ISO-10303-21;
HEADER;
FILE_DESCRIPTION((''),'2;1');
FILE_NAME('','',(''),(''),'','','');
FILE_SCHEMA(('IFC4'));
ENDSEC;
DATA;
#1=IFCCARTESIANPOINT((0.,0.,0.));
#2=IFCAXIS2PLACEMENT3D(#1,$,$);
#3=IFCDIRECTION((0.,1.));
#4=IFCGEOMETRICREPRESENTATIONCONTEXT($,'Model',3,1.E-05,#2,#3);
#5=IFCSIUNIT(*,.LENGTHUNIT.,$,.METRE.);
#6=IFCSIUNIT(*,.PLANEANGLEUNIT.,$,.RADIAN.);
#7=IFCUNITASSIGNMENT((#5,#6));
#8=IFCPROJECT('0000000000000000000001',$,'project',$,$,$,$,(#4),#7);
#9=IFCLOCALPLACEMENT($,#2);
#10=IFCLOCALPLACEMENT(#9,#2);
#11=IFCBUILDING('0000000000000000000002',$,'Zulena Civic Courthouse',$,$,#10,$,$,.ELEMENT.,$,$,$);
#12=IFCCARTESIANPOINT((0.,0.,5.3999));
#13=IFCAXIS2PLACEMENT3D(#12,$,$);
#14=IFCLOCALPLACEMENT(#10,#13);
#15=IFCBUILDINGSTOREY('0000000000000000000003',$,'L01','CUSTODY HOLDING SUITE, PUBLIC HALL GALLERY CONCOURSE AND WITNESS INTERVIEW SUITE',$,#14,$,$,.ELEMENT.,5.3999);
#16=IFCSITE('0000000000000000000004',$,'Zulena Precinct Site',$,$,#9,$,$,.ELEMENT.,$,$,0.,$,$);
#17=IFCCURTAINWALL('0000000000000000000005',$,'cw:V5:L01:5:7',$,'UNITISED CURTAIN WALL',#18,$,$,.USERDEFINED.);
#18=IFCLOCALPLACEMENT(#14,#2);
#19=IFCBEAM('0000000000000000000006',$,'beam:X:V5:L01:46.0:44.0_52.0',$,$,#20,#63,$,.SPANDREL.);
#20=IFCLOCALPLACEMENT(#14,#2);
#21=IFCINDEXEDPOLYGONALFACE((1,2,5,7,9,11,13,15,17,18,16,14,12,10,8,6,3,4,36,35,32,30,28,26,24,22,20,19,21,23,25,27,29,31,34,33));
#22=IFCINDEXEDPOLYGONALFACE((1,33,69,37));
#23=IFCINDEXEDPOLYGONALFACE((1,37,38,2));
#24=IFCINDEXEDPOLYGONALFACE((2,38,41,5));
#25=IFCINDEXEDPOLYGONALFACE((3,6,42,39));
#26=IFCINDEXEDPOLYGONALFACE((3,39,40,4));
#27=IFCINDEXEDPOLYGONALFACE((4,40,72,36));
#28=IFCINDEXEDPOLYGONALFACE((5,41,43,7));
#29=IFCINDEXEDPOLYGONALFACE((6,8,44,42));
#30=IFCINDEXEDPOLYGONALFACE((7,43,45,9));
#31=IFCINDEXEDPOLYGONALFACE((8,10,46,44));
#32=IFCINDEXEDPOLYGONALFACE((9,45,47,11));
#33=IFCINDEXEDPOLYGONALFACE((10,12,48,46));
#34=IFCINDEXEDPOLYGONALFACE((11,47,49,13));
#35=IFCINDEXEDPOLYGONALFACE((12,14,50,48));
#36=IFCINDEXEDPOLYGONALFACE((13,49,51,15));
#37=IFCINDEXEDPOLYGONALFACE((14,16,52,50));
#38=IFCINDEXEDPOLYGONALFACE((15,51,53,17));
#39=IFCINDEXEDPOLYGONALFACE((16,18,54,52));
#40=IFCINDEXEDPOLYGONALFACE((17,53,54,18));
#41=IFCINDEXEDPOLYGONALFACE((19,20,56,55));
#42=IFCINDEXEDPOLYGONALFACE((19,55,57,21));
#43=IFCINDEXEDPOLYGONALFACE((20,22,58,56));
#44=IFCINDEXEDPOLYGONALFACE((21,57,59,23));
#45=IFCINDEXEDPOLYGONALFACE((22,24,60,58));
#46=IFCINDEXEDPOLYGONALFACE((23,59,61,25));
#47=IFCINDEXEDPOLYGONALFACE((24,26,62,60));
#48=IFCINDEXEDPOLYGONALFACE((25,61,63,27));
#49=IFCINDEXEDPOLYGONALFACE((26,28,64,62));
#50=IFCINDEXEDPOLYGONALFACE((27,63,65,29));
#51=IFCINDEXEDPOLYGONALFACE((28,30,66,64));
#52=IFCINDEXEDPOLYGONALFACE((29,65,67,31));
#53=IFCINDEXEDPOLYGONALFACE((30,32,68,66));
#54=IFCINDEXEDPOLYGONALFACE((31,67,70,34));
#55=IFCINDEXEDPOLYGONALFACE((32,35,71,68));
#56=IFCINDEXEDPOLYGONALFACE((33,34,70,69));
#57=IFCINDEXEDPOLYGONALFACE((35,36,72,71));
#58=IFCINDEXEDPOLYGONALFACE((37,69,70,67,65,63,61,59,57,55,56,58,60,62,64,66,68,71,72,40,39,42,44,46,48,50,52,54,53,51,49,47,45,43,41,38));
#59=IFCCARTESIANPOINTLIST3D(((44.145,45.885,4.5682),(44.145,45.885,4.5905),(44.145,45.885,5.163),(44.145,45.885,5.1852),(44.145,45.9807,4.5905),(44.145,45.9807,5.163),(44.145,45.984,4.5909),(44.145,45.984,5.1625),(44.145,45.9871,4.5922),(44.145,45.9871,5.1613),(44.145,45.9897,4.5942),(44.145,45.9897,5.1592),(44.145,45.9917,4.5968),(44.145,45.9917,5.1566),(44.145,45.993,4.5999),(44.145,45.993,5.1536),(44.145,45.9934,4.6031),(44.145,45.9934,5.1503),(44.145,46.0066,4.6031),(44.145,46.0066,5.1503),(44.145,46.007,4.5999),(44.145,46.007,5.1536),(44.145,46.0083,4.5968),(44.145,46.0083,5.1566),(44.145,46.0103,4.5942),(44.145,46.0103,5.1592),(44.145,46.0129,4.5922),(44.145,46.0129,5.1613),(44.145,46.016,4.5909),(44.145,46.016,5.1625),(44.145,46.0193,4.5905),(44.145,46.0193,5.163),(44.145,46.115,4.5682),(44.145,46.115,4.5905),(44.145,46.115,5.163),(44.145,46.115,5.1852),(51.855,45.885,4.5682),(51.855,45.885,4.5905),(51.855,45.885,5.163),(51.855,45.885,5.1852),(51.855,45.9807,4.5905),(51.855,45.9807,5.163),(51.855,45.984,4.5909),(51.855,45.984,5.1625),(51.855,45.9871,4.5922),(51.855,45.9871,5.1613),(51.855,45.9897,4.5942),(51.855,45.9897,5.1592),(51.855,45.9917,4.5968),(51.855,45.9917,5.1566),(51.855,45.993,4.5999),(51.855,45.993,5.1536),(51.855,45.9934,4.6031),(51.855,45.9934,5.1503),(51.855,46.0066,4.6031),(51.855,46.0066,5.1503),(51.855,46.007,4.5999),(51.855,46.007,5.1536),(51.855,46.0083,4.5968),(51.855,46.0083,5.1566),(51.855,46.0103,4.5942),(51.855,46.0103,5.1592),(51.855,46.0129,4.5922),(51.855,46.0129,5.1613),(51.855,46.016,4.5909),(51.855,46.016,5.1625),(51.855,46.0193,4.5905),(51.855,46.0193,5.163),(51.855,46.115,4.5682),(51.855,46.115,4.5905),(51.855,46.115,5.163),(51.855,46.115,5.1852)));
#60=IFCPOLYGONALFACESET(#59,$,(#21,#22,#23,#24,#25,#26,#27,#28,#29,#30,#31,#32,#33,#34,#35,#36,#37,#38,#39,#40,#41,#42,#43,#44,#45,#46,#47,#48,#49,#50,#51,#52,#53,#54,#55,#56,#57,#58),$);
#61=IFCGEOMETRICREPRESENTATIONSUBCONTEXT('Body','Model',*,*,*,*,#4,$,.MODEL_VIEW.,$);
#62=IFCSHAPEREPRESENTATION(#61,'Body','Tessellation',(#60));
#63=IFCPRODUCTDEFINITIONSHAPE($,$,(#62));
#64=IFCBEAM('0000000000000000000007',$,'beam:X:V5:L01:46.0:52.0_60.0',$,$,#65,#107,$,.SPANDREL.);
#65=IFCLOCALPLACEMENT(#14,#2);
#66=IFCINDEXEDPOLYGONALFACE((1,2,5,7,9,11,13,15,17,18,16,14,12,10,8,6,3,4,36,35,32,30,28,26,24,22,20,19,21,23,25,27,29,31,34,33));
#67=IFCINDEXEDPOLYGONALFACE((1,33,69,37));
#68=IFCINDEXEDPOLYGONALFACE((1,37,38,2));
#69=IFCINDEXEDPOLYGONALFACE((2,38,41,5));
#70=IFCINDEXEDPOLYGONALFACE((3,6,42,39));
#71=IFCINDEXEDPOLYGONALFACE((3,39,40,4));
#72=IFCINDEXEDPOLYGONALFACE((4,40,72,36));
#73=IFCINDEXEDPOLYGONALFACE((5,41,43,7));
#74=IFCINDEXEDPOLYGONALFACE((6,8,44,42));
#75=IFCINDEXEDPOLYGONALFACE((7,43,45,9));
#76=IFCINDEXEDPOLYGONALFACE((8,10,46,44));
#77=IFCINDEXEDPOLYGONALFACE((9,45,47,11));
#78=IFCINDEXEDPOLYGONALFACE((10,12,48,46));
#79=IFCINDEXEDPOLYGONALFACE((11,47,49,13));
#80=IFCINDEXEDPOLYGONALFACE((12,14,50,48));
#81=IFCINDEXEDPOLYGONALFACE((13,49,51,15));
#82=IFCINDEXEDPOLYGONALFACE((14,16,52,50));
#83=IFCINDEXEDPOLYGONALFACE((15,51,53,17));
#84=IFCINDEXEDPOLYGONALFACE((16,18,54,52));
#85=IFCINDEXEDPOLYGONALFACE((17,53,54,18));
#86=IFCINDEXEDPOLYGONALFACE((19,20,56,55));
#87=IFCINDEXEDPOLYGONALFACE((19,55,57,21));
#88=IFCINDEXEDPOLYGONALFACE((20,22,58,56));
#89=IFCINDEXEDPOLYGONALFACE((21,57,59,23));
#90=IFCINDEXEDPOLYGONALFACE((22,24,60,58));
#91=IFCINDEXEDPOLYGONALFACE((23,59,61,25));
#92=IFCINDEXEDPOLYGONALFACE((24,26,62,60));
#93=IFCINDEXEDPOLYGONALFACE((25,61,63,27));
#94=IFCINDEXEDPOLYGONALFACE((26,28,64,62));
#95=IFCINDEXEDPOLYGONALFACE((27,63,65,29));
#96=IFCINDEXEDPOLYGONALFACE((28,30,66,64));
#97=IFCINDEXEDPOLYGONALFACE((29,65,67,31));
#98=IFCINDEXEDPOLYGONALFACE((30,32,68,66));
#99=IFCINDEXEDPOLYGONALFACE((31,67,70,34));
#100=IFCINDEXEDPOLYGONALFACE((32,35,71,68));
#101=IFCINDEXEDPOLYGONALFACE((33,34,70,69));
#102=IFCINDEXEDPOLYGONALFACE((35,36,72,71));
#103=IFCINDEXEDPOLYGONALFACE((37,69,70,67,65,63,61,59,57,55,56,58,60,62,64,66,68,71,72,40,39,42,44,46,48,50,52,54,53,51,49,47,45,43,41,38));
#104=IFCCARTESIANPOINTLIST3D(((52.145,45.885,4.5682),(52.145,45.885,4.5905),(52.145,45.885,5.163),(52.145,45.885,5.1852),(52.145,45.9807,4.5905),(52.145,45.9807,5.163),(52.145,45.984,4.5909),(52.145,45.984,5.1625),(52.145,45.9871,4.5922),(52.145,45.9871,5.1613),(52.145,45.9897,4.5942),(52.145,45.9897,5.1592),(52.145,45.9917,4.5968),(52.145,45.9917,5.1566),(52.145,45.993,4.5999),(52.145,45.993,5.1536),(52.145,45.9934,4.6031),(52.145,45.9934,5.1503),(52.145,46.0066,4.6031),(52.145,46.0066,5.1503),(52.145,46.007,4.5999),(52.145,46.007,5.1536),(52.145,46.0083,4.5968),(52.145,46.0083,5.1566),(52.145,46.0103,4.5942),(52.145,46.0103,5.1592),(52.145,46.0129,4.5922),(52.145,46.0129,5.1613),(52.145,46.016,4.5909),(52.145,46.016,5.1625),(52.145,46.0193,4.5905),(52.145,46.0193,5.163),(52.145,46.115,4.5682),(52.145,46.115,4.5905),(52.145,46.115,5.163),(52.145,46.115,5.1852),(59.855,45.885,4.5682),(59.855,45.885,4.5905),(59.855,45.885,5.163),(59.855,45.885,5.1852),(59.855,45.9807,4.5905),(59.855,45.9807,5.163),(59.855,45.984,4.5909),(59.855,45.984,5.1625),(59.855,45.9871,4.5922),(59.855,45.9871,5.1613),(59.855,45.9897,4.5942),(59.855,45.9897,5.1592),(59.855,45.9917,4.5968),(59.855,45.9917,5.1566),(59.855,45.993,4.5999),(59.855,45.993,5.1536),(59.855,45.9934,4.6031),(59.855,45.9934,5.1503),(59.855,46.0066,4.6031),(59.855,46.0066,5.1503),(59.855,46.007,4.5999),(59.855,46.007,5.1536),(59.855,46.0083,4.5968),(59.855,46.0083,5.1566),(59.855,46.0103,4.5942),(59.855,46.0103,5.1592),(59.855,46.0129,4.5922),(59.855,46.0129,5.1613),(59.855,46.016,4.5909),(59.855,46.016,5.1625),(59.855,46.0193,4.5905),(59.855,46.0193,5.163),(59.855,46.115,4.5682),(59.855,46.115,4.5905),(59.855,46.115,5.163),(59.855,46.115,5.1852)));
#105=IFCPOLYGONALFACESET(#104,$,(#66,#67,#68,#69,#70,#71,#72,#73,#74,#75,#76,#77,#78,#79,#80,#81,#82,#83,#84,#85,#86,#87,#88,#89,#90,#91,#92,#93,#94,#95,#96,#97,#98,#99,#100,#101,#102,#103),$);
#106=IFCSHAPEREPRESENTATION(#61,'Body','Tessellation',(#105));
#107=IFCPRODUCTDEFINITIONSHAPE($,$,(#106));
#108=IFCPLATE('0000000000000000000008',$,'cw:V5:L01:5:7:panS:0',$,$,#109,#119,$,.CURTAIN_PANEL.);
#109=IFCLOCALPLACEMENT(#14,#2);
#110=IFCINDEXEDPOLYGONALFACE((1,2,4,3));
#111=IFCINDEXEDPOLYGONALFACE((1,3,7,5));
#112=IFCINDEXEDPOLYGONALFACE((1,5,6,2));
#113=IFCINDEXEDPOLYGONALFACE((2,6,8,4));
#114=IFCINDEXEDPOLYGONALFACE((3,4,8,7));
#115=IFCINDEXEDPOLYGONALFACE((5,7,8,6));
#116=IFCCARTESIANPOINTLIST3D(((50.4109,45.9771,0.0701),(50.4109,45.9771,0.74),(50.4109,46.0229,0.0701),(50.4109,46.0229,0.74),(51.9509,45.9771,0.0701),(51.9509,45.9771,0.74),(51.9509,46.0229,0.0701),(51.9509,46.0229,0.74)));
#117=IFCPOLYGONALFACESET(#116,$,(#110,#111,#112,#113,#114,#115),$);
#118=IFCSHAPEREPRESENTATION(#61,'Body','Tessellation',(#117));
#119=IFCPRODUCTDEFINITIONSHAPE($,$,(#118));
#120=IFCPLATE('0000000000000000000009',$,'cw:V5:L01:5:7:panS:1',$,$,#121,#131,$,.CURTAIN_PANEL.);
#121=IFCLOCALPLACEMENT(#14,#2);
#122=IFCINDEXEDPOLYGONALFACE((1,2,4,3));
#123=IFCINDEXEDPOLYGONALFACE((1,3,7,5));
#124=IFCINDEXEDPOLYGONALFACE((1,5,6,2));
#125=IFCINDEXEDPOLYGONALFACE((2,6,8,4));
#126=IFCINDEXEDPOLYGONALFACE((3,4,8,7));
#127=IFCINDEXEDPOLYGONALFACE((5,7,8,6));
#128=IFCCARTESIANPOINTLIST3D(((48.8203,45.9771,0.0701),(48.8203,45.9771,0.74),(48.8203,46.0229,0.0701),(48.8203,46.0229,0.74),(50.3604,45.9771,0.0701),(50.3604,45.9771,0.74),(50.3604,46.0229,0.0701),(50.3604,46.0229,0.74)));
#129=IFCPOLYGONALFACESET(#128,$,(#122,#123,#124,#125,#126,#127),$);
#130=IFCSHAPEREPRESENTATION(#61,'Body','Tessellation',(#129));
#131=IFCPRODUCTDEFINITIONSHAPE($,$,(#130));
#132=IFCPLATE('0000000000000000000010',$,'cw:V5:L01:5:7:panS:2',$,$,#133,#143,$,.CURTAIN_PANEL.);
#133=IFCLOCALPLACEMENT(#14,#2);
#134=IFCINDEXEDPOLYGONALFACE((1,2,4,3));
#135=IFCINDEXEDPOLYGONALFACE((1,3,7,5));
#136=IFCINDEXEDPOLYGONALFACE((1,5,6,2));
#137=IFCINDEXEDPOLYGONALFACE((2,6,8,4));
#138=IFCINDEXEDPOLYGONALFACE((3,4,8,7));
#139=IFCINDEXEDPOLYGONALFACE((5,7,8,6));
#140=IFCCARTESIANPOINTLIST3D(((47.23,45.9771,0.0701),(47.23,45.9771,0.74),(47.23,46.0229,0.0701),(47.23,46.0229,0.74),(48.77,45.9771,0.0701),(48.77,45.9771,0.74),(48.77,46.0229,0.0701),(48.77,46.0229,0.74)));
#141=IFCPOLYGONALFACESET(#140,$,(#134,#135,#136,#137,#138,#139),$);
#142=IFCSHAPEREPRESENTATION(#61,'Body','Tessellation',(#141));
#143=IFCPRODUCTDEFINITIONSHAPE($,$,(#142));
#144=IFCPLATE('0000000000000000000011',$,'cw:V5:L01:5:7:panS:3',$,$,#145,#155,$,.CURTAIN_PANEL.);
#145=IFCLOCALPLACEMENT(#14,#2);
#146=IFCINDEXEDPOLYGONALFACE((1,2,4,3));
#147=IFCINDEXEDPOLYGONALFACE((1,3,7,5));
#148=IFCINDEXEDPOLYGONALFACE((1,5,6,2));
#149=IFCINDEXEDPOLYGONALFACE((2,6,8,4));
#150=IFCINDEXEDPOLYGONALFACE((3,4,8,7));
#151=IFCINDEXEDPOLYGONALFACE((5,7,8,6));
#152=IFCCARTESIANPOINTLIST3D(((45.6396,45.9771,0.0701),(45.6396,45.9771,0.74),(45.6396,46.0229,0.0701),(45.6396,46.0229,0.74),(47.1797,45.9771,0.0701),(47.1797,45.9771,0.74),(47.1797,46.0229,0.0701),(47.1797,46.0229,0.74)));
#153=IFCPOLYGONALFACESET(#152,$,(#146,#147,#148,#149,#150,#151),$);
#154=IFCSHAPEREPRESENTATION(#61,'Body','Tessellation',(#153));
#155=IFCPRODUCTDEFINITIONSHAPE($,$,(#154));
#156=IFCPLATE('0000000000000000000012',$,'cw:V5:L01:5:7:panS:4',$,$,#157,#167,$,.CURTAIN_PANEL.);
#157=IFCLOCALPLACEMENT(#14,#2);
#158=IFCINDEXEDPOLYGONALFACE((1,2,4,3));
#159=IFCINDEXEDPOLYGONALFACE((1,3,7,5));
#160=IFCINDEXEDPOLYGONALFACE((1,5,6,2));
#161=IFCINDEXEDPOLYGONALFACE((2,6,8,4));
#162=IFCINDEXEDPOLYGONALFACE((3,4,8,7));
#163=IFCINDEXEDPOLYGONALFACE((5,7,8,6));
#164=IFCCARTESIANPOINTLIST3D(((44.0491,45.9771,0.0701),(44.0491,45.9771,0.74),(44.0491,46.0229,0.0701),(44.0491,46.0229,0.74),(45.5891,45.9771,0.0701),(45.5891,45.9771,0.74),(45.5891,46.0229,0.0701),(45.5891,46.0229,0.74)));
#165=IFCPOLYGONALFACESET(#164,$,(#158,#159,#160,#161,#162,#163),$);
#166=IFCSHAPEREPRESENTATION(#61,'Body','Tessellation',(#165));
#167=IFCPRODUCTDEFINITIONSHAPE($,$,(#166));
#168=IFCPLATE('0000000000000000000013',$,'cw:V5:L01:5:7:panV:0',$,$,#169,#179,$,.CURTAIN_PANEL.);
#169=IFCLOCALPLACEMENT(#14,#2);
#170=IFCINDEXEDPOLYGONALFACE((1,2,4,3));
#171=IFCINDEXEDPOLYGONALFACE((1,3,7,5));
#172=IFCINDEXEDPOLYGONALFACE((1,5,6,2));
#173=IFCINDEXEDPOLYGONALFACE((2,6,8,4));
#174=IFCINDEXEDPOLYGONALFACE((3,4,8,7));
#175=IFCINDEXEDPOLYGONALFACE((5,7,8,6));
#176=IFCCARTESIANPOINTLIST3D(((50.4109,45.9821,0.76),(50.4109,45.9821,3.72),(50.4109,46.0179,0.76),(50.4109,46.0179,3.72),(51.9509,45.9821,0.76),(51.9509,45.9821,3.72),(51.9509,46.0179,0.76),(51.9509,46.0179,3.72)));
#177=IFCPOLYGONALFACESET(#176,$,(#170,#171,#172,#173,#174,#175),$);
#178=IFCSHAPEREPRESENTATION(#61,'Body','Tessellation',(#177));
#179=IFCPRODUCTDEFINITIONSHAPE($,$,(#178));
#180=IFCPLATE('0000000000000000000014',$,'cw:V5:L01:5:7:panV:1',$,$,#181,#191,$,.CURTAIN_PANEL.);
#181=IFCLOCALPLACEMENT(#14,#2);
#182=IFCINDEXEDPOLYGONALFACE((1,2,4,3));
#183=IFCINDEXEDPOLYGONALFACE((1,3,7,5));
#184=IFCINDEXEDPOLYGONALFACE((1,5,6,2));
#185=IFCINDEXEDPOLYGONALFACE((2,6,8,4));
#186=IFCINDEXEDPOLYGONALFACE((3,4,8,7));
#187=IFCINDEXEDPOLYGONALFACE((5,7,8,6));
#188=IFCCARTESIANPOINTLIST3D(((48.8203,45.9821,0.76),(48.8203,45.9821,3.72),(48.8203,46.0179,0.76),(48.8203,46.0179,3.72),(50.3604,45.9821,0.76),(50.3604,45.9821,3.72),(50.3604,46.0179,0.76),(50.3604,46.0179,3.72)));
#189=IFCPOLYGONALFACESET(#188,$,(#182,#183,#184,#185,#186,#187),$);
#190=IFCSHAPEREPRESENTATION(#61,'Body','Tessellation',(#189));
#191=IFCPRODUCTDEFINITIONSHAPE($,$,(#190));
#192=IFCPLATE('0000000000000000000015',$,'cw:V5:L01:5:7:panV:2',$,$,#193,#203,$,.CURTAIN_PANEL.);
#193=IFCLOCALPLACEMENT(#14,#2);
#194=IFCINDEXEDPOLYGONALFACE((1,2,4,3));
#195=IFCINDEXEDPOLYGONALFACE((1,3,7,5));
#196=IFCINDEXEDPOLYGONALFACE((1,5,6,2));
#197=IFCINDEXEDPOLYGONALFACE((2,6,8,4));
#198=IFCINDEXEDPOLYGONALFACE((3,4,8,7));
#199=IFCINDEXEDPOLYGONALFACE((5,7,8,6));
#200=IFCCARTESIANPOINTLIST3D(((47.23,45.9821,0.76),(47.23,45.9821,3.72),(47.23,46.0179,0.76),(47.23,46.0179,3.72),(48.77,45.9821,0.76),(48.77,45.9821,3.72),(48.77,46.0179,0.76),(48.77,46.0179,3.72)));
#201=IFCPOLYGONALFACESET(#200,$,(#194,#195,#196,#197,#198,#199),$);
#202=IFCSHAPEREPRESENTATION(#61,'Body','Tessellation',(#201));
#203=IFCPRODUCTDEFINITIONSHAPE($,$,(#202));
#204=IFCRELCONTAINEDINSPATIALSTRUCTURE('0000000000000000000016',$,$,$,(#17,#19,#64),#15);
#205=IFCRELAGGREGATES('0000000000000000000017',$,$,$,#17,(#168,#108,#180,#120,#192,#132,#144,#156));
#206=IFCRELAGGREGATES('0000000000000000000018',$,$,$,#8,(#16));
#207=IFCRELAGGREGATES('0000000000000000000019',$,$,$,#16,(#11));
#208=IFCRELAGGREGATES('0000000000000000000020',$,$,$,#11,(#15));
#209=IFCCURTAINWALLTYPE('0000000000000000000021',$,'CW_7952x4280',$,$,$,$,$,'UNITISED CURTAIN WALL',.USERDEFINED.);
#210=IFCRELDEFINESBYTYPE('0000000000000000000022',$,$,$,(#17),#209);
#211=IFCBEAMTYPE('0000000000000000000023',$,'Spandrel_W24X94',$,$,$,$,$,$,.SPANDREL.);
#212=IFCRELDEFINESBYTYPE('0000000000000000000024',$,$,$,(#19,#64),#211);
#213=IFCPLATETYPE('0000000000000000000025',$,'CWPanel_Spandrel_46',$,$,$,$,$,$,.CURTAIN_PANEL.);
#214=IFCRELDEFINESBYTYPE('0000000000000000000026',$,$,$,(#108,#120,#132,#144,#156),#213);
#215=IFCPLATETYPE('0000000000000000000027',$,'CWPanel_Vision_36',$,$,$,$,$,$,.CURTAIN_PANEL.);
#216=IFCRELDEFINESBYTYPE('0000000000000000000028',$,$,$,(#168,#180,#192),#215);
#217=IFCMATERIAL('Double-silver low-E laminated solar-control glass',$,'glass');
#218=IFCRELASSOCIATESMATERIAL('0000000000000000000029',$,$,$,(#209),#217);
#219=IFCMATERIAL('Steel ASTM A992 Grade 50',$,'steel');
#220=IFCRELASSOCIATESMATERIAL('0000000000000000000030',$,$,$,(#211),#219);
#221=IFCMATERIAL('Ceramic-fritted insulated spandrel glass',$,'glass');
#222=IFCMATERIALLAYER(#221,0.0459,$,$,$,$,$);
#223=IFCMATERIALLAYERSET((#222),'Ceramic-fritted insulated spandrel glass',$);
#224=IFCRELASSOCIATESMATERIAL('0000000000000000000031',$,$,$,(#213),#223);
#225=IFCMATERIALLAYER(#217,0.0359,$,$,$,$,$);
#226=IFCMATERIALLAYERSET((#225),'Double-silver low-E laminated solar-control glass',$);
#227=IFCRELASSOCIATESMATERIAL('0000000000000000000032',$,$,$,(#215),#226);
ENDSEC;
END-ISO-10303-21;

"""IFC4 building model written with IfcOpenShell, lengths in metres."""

from ifc_helpers import new_model, si_unit, direction, frame, origin, origin_2d, place, context, subcontext, project, spatial, rectangle, i_section, extrude, material, layer, layer_set, material_profile, profile_set, type_object, element, aggregate, save


model = new_model("IFC4")

# Units and contexts
model_context = context("Model", 3, precision=1e-05, world=origin(), true_north=direction((0.0, 1.0)))
body_context = subcontext(model_context, "Body", "Model", "MODEL_VIEW")
ifc_project = project(units=[si_unit("LENGTHUNIT", "METRE"), si_unit("PLANEANGLEUNIT", "RADIAN")], contexts=[model_context])

# Site, building, storey
site_placement = place(None, origin())
site = spatial("IfcSite", under=ifc_project, at=site_placement, Name="Zulena Precinct Site", CompositionType="ELEMENT", RefElevation=0.0)
building_placement = place(site_placement, origin())
building = spatial("IfcBuilding", under=site, at=building_placement, Name="Zulena Civic Courthouse", CompositionType="ELEMENT")
storey_placement = place(building_placement, frame((0.0, 0.0, 5.3999)))
storey = spatial("IfcBuildingStorey", under=building, at=storey_placement, Name="L01", Description="CUSTODY HOLDING SUITE, PUBLIC HALL GALLERY CONCOURSE AND WITNESS INTERVIEW SUITE", CompositionType="ELEMENT", Elevation=5.3999)

# Shared definitions
ifc_material_1 = material(Name="Steel ASTM A992 Grade 50", Category="steel")

# Curtain wall
ifc_material_2 = material(Name="Double-silver low-E laminated solar-control glass", Category="glass")
curtain_wall_type = type_object("IfcCurtainWallType", Name="CW_7952x4280", ElementType="UNITISED CURTAIN WALL", PredefinedType="USERDEFINED", material=ifc_material_2)
curtain_wall_placement = place(storey_placement, origin())
curtain_wall = element("IfcCurtainWall", 1, at=curtain_wall_placement, inside=storey, type_object=curtain_wall_type, Name="cw:V5:L01:5:7", ObjectType="UNITISED CURTAIN WALL", PredefinedType="USERDEFINED")

# Beams
ifc_material_profile_1 = material_profile(ifc_material_1, i_section(OverallWidth=0.23, OverallDepth=0.6169, WebThickness=0.0132, FlangeThickness=0.0222, FilletRadius=0.0127, at=origin_2d()), Name="W24X94")
ifc_profile_set_1 = profile_set([ifc_material_profile_1], Name="Steel ASTM A992 Grade 50")
beam_type = type_object("IfcBeamType", Name="Spandrel_W24X94", PredefinedType="SPANDREL", material=ifc_profile_set_1)
for number, where, z_axis, x_axis, name in (
    (2, (44.145, 46.0, 4.8767), (1.0, 0.0, 0.0), (0.0, 1.0, 0.0), "beam:X:V5:L01:46.0:44.0_52.0"),
    (3, (52.145, 46.0, 4.8767), (1.0, 0.0, 0.0), (0.0, 1.0, 0.0), "beam:X:V5:L01:46.0:52.0_60.0"),
):
    element("IfcBeam", number, at=place(storey_placement, frame(where, z_axis=z_axis, x_axis=x_axis)), inside=storey, type_object=beam_type, Name=name, PredefinedType="SPANDREL", context=body_context, shape_type="SweptSolid", body=[
        extrude(i_section(OverallWidth=0.23, OverallDepth=0.6169, WebThickness=0.0132, FlangeThickness=0.0222, FilletRadius=0.0127, at=origin_2d()), origin(), (0.0, 0.0, 1.0), 7.71),
    ])

# Plates
ifc_material_3 = material(Name="Ceramic-fritted insulated spandrel glass", Category="glass")
ifc_layer_1 = layer(ifc_material_3, 0.0459)
ifc_layer_set_1 = layer_set([ifc_layer_1], Name="Ceramic-fritted insulated spandrel glass")
plate_type_1 = type_object("IfcPlateType", Name="CWPanel_Spandrel_46", PredefinedType="CURTAIN_PANEL", material=ifc_layer_set_1)
plate_1_placement = place(storey_placement, frame((51.1809, 46.0, 0.0701), z_axis=(0.0, 0.0, 1.0), x_axis=(-1.0, 0.0, 0.0)))
plate_1 = element("IfcPlate", 4, at=plate_1_placement, type_object=plate_type_1, Name="cw:V5:L01:5:7:panS:0", PredefinedType="CURTAIN_PANEL", context=body_context, shape_type="SweptSolid", body=[
    extrude(rectangle(XDim=1.54, YDim=0.0459, at=origin_2d()), origin(), (0.0, 0.0, 1.0), 0.6699),
])
plate_2_placement = place(storey_placement, frame((49.5903, 46.0, 0.0701), z_axis=(0.0, 0.0, 1.0), x_axis=(-1.0, 0.0, 0.0)))
plate_2 = element("IfcPlate", 5, at=plate_2_placement, type_object=plate_type_1, Name="cw:V5:L01:5:7:panS:1", PredefinedType="CURTAIN_PANEL", context=body_context, shape_type="SweptSolid", body=[
    extrude(rectangle(XDim=1.54, YDim=0.0459, at=origin_2d()), origin(), (0.0, 0.0, 1.0), 0.6699),
])
plate_3_placement = place(storey_placement, frame((48.0, 46.0, 0.0701), z_axis=(0.0, 0.0, 1.0), x_axis=(-1.0, 0.0, 0.0)))
plate_3 = element("IfcPlate", 6, at=plate_3_placement, type_object=plate_type_1, Name="cw:V5:L01:5:7:panS:2", PredefinedType="CURTAIN_PANEL", context=body_context, shape_type="SweptSolid", body=[
    extrude(rectangle(XDim=1.54, YDim=0.0459, at=origin_2d()), origin(), (0.0, 0.0, 1.0), 0.6699),
])
plate_4_placement = place(storey_placement, frame((46.4097, 46.0, 0.0701), z_axis=(0.0, 0.0, 1.0), x_axis=(-1.0, 0.0, 0.0)))
plate_4 = element("IfcPlate", 7, at=plate_4_placement, type_object=plate_type_1, Name="cw:V5:L01:5:7:panS:3", PredefinedType="CURTAIN_PANEL", context=body_context, shape_type="SweptSolid", body=[
    extrude(rectangle(XDim=1.54, YDim=0.0459, at=origin_2d()), origin(), (0.0, 0.0, 1.0), 0.6699),
])
plate_5_placement = place(storey_placement, frame((44.8191, 46.0, 0.0701), z_axis=(0.0, 0.0, 1.0), x_axis=(-1.0, 0.0, 0.0)))
plate_5 = element("IfcPlate", 8, at=plate_5_placement, type_object=plate_type_1, Name="cw:V5:L01:5:7:panS:4", PredefinedType="CURTAIN_PANEL", context=body_context, shape_type="SweptSolid", body=[
    extrude(rectangle(XDim=1.54, YDim=0.0459, at=origin_2d()), origin(), (0.0, 0.0, 1.0), 0.6699),
])
ifc_layer_2 = layer(ifc_material_2, 0.0359)
ifc_layer_set_2 = layer_set([ifc_layer_2], Name="Double-silver low-E laminated solar-control glass")
plate_type_2 = type_object("IfcPlateType", Name="CWPanel_Vision_36", PredefinedType="CURTAIN_PANEL", material=ifc_layer_set_2)
plate_6_placement = place(storey_placement, frame((51.1809, 46.0, 0.76), z_axis=(0.0, 0.0, 1.0), x_axis=(-1.0, 0.0, 0.0)))
plate_6 = element("IfcPlate", 9, at=plate_6_placement, type_object=plate_type_2, Name="cw:V5:L01:5:7:panV:0", PredefinedType="CURTAIN_PANEL", context=body_context, shape_type="SweptSolid", body=[
    extrude(rectangle(XDim=1.54, YDim=0.0359, at=origin_2d()), origin(), (0.0, 0.0, 1.0), 2.96),
])
plate_7_placement = place(storey_placement, frame((49.5903, 46.0, 0.76), z_axis=(0.0, 0.0, 1.0), x_axis=(-1.0, 0.0, 0.0)))
plate_7 = element("IfcPlate", 10, at=plate_7_placement, type_object=plate_type_2, Name="cw:V5:L01:5:7:panV:1", PredefinedType="CURTAIN_PANEL", context=body_context, shape_type="SweptSolid", body=[
    extrude(rectangle(XDim=1.54, YDim=0.0359, at=origin_2d()), origin(), (0.0, 0.0, 1.0), 2.96),
])
plate_8_placement = place(storey_placement, frame((48.0, 46.0, 0.76), z_axis=(0.0, 0.0, 1.0), x_axis=(-1.0, 0.0, 0.0)))
plate_8 = element("IfcPlate", 11, at=plate_8_placement, type_object=plate_type_2, Name="cw:V5:L01:5:7:panV:2", PredefinedType="CURTAIN_PANEL", context=body_context, shape_type="SweptSolid", body=[
    extrude(rectangle(XDim=1.54, YDim=0.0359, at=origin_2d()), origin(), (0.0, 0.0, 1.0), 2.96),
])
aggregate(curtain_wall, [plate_6, plate_1, plate_7, plate_2, plate_8, plate_3, plate_4, plate_5])

save(model, "model.ifc")
